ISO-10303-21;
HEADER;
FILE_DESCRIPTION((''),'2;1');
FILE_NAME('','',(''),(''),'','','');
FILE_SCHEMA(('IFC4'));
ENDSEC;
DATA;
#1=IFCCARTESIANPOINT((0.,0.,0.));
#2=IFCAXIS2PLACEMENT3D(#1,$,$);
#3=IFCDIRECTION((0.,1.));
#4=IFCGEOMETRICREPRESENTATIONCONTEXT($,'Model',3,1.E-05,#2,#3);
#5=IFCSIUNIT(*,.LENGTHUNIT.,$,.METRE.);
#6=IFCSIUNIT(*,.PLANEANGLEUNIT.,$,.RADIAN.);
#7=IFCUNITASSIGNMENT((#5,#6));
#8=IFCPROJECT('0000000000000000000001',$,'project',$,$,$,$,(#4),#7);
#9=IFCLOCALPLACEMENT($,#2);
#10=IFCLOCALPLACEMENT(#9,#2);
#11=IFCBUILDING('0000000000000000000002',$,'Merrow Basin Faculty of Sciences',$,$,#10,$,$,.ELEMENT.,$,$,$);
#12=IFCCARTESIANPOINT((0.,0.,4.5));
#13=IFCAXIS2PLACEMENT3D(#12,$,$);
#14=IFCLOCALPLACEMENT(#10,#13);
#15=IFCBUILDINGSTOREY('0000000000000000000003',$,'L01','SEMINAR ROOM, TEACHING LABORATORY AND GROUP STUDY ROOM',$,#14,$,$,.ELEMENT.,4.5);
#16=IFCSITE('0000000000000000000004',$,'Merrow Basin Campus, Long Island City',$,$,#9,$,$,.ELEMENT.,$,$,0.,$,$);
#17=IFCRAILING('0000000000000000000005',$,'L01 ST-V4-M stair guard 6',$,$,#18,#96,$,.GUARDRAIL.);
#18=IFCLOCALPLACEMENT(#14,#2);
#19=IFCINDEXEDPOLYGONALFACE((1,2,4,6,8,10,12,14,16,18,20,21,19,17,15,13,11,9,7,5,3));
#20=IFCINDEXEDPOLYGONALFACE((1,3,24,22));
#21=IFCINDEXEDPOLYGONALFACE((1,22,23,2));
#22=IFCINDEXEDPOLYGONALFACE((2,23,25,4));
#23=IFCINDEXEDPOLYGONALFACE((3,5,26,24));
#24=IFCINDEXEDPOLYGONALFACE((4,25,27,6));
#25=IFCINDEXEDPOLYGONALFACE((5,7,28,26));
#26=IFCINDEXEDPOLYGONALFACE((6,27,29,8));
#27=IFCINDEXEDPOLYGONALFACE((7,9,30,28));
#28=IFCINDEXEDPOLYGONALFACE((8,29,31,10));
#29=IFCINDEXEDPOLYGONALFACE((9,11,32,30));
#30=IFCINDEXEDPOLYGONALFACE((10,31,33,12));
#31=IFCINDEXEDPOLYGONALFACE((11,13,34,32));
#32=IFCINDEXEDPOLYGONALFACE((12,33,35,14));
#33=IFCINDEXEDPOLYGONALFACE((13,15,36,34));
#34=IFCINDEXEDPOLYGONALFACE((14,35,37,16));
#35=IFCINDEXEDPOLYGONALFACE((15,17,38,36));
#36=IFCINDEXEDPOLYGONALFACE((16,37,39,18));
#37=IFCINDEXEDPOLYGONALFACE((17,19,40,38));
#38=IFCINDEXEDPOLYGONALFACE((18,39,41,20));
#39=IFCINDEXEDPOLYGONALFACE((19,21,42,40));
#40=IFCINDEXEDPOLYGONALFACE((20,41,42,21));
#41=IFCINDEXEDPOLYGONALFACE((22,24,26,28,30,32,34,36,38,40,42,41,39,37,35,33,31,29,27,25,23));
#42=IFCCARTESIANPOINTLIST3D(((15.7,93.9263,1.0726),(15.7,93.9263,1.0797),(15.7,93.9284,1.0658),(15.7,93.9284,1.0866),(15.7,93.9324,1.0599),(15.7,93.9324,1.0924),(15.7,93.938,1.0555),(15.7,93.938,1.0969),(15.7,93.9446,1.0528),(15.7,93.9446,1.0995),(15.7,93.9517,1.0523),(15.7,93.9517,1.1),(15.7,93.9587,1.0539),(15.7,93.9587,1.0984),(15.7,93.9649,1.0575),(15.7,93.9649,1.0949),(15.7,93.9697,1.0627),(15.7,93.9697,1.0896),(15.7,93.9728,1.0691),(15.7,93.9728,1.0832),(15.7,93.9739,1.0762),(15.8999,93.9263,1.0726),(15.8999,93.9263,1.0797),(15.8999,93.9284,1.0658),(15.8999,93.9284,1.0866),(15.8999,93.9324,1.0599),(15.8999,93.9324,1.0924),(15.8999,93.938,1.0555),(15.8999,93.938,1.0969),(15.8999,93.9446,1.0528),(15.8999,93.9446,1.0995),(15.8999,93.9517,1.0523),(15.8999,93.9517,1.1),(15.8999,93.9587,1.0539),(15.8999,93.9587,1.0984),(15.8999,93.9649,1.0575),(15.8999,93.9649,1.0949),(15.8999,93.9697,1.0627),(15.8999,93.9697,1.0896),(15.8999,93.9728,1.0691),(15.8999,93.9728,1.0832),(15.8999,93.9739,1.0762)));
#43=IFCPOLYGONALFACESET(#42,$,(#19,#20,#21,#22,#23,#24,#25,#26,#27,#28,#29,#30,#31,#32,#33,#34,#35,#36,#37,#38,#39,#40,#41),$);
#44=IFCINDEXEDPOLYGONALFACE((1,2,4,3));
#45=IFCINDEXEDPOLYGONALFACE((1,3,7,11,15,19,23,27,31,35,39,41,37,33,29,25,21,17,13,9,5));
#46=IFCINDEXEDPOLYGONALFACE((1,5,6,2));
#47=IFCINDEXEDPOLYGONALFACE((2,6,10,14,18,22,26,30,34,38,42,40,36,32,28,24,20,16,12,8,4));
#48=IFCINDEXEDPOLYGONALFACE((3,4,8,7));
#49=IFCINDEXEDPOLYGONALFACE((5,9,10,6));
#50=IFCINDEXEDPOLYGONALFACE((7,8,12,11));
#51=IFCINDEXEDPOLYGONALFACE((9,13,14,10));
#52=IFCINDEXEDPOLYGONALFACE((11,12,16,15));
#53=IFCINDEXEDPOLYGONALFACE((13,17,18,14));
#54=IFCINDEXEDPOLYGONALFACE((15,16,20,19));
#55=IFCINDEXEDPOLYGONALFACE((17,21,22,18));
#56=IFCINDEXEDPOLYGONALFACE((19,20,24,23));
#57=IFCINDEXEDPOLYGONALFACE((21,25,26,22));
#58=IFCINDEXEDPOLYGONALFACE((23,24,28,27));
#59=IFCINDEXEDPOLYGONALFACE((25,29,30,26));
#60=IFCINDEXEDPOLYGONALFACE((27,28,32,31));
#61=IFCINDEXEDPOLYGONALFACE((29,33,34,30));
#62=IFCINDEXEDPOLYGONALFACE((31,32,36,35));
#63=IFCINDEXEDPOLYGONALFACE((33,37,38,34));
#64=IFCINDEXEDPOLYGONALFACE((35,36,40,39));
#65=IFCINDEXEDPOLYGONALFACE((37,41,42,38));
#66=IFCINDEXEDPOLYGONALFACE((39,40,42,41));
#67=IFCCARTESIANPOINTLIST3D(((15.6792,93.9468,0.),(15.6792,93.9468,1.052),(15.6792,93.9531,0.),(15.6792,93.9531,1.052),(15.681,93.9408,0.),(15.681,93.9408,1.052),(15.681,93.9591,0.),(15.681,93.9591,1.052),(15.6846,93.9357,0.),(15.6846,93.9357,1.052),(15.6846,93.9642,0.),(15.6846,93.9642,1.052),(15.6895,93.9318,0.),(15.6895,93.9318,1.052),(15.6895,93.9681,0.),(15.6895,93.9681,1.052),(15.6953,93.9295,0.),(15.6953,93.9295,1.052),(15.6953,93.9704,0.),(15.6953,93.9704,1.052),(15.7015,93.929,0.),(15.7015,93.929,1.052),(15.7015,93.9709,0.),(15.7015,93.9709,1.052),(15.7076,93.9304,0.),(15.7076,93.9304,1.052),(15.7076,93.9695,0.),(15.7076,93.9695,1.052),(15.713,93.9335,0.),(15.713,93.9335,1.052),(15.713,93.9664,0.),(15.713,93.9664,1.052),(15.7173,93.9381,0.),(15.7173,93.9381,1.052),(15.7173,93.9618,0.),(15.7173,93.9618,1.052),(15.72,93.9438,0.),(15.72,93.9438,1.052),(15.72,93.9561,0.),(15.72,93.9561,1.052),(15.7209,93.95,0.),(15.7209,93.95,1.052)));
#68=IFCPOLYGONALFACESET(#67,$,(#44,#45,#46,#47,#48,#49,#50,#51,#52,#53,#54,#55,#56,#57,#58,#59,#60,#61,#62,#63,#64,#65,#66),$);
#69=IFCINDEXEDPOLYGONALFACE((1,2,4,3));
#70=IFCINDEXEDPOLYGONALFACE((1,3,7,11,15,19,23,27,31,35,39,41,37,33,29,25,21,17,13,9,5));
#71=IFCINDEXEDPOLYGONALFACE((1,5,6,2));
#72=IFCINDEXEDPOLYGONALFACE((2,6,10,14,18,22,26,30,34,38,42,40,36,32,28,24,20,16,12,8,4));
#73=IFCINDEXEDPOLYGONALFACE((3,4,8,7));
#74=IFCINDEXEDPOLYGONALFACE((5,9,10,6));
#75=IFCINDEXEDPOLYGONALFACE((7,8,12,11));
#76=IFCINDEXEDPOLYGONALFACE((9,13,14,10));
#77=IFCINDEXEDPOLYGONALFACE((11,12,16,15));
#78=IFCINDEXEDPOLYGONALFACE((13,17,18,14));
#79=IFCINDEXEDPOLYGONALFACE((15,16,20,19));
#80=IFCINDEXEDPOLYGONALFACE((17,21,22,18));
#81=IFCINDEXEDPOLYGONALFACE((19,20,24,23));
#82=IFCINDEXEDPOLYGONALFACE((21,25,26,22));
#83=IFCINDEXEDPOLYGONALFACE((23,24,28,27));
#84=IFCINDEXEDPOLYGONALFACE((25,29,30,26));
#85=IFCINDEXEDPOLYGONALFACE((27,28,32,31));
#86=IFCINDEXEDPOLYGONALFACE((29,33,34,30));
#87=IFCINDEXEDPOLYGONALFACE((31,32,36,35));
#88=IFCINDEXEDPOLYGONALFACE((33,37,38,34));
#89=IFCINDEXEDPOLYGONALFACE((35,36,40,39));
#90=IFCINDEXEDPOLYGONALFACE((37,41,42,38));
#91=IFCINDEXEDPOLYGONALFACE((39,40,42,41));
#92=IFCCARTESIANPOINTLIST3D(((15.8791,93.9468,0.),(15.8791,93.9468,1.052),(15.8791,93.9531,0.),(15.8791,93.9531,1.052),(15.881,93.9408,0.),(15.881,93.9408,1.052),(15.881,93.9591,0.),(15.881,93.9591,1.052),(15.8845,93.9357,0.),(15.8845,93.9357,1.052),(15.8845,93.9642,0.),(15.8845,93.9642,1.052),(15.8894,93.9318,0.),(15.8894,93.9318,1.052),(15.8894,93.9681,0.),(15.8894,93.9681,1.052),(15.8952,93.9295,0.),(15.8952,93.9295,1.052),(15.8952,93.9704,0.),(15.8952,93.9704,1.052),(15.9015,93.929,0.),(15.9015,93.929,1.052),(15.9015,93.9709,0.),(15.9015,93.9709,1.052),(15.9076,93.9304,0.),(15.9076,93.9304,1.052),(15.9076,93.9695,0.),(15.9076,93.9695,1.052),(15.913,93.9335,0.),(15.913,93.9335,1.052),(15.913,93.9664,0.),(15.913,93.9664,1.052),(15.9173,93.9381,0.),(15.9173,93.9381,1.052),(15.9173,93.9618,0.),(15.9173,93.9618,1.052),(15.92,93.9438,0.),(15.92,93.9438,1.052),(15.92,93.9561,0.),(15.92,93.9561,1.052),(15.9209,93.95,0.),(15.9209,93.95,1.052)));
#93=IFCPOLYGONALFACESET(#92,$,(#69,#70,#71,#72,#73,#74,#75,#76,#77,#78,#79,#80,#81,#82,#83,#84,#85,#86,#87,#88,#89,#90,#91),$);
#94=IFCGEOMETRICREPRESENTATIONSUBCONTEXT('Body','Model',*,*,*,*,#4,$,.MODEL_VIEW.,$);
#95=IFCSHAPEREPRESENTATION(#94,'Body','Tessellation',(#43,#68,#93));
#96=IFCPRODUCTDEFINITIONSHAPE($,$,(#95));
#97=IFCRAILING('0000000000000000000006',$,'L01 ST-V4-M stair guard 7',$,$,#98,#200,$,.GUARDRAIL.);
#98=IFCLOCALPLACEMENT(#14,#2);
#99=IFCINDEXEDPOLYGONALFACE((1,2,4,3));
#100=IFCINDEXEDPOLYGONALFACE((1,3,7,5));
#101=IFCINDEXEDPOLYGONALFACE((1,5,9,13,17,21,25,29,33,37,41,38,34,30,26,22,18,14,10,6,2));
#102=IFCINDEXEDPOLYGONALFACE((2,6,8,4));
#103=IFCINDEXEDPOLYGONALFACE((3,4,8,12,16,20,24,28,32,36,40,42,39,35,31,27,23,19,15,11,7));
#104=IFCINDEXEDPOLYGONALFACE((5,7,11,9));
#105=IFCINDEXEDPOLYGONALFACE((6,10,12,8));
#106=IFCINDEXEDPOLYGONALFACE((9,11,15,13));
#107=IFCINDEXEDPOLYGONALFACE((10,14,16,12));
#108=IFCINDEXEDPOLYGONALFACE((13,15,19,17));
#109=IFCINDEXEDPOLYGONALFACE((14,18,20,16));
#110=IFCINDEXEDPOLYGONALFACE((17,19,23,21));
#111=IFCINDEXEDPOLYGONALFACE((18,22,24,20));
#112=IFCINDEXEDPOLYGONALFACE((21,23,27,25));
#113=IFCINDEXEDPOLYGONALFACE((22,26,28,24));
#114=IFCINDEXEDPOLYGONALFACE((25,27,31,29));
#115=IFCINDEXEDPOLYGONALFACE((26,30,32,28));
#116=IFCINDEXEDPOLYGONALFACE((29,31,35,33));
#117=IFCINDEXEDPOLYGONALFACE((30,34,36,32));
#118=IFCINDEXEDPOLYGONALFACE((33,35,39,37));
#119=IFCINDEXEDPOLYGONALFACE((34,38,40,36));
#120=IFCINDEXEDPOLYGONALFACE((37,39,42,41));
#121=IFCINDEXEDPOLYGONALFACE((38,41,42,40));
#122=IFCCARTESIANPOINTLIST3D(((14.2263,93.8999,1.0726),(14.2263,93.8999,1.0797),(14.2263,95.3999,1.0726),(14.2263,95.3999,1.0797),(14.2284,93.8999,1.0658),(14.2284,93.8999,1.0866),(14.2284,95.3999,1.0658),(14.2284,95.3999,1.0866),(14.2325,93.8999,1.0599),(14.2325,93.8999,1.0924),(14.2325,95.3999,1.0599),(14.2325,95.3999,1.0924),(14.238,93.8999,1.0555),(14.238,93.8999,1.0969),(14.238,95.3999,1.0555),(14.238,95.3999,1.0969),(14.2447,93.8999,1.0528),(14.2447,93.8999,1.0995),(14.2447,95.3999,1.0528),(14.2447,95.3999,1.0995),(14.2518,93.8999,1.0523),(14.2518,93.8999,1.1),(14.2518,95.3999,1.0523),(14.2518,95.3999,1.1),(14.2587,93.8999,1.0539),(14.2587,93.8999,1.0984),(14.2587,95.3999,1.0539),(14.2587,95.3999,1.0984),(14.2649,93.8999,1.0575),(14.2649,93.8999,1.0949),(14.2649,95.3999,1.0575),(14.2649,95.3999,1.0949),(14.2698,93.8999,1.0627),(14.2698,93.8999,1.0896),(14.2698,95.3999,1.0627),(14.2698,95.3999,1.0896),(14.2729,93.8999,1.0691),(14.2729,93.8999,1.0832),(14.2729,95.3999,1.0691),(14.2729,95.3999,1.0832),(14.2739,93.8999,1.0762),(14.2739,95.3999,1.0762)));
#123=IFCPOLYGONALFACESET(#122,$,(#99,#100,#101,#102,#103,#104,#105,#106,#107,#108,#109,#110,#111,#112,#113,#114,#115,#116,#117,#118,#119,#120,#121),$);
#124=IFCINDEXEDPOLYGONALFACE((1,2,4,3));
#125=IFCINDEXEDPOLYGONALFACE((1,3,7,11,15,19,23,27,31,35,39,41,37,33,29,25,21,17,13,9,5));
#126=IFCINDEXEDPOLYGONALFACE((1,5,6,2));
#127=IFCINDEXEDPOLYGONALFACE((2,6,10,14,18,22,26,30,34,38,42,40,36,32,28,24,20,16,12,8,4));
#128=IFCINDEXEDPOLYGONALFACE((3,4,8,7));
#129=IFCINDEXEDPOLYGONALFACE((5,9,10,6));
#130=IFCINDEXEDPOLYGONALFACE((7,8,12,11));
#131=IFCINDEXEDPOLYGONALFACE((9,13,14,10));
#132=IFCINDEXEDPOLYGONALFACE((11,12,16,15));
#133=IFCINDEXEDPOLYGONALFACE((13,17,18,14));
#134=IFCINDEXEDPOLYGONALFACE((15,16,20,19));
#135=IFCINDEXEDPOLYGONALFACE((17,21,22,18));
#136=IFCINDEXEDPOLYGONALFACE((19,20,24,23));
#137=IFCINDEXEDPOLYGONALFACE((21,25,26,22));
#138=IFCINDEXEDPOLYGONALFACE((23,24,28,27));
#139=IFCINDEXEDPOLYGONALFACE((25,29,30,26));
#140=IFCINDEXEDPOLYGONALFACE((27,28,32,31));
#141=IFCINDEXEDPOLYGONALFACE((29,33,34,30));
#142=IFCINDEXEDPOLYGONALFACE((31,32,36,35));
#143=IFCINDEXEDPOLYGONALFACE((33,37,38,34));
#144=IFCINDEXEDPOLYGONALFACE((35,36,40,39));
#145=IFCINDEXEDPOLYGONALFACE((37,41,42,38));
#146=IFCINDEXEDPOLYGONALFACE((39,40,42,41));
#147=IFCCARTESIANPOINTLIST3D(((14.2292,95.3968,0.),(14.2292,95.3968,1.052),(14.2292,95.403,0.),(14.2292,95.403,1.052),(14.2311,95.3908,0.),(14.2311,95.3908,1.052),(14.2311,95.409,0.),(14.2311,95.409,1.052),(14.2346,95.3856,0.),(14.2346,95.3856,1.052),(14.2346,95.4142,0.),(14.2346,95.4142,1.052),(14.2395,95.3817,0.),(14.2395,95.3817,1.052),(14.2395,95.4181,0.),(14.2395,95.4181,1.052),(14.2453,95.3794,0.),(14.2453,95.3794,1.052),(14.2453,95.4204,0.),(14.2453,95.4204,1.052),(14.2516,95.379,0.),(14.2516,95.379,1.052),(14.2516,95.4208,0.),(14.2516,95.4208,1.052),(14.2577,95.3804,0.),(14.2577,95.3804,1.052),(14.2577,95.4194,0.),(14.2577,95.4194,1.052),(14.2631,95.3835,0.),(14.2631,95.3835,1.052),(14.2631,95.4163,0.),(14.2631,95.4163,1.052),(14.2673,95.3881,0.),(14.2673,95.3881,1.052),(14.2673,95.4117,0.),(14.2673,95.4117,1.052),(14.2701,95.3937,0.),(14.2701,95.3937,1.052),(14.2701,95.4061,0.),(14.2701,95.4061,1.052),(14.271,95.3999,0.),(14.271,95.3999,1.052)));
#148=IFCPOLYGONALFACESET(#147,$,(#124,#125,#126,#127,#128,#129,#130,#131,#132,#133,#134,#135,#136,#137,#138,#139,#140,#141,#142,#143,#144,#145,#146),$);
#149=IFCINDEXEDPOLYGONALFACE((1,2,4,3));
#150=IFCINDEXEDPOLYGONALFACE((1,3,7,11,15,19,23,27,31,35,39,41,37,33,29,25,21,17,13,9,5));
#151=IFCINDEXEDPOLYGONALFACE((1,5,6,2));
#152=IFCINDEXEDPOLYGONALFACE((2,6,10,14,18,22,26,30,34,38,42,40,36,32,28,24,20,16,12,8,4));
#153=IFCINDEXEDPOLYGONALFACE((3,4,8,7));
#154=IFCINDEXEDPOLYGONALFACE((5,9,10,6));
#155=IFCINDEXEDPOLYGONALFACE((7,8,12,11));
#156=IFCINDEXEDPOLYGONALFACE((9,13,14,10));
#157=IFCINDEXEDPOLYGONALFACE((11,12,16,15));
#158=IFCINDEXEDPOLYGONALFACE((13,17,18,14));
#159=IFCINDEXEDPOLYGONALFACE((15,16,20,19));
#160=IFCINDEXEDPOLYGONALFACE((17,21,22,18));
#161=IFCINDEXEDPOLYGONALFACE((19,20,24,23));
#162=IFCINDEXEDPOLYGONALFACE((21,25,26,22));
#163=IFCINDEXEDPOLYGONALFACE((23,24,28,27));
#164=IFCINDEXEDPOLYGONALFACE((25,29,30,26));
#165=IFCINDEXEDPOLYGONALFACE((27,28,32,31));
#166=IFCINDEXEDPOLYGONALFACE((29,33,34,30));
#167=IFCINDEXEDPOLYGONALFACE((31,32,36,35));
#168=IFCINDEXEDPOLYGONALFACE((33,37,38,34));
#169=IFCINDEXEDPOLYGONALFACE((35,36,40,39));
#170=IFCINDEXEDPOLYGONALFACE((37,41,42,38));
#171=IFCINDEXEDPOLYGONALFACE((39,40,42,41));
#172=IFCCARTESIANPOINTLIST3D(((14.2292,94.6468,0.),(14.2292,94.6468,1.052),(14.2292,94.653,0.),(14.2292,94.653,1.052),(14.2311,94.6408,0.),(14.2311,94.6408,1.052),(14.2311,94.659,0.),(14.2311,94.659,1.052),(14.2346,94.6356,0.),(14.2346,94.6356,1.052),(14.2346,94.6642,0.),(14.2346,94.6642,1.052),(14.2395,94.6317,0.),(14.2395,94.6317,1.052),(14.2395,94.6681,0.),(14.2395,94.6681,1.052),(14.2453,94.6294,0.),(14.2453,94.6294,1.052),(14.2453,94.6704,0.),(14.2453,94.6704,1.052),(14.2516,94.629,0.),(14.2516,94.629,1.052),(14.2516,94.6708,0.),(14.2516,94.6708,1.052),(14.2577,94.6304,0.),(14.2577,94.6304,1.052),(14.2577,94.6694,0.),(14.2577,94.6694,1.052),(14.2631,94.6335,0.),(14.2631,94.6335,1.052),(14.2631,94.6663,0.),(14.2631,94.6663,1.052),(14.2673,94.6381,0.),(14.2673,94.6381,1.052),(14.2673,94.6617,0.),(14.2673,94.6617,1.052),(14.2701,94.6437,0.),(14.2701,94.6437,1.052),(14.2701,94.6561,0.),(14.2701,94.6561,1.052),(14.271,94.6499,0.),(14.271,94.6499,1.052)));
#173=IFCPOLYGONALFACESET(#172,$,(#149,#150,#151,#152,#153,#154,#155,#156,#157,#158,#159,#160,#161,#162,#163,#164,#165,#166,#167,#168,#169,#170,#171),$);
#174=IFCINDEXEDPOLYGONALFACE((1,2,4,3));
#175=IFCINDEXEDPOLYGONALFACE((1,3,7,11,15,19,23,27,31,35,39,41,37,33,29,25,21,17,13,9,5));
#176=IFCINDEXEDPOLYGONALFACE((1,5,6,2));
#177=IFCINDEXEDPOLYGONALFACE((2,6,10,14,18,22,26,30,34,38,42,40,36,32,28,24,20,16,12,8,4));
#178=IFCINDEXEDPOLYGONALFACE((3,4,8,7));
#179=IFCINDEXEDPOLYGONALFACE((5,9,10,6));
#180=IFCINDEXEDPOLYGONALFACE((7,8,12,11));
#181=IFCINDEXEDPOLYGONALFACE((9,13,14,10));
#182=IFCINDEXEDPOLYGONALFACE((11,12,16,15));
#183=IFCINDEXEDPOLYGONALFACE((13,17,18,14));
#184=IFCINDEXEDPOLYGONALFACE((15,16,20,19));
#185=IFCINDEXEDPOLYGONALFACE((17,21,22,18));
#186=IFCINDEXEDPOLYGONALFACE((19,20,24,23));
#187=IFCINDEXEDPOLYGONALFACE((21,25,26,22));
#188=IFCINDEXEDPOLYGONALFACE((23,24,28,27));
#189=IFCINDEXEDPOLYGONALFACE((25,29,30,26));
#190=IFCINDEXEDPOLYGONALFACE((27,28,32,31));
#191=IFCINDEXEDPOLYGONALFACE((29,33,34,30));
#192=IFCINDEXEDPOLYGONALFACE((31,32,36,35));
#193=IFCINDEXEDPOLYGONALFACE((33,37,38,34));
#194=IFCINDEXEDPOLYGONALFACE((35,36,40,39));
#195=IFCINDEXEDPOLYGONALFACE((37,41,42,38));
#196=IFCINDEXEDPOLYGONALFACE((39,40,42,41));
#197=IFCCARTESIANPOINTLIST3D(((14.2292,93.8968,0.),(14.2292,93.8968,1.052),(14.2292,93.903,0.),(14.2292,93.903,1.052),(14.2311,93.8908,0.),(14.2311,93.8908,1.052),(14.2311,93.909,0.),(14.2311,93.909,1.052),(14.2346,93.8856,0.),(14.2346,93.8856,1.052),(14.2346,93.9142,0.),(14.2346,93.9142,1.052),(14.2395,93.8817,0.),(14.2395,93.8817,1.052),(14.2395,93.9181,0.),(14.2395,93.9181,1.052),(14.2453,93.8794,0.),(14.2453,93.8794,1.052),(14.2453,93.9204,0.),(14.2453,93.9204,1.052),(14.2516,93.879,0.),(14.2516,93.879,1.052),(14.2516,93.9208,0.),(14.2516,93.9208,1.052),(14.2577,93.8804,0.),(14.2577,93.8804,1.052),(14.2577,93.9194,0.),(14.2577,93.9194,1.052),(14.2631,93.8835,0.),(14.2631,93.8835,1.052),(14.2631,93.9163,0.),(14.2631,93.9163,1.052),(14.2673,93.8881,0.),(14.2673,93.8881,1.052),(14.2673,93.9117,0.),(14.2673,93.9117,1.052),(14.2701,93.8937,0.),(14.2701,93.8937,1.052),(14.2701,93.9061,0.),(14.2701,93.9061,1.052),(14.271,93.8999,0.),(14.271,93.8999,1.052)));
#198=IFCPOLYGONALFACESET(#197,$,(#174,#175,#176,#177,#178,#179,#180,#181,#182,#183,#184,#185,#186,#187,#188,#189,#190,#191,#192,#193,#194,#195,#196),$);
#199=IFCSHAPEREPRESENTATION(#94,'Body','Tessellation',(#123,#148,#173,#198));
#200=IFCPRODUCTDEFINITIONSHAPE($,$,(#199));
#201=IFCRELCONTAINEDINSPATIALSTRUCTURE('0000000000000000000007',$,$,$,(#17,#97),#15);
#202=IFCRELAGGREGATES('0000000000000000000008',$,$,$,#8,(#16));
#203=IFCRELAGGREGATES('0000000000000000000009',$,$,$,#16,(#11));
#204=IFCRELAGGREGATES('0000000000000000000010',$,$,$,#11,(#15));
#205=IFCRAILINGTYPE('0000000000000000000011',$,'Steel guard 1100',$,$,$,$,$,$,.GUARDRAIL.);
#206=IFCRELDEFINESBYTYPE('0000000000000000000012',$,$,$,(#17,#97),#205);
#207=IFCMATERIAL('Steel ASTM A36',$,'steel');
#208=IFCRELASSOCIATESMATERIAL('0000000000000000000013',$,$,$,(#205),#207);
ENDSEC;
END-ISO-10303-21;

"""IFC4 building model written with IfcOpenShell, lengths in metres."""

from ifc_helpers import new_model, si_unit, direction, frame, origin, origin_2d, place, context, subcontext, project, spatial, circle, extrude, material, type_object, element, save


model = new_model("IFC4")

# Units and contexts
model_context = context("Model", 3, precision=1e-05, world=origin(), true_north=direction((0.0, 1.0)))
body_context = subcontext(model_context, "Body", "Model", "MODEL_VIEW")
ifc_project = project(units=[si_unit("LENGTHUNIT", "METRE"), si_unit("PLANEANGLEUNIT", "RADIAN")], contexts=[model_context])

# Site, building, storey
site_placement = place(None, origin())
site = spatial("IfcSite", under=ifc_project, at=site_placement, Name="Merrow Basin Campus, Long Island City", CompositionType="ELEMENT", RefElevation=0.0)
building_placement = place(site_placement, origin())
building = spatial("IfcBuilding", under=site, at=building_placement, Name="Merrow Basin Faculty of Sciences", CompositionType="ELEMENT")
storey_placement = place(building_placement, frame((0.0, 0.0, 4.5)))
storey = spatial("IfcBuildingStorey", under=building, at=storey_placement, Name="L01", Description="SEMINAR ROOM, TEACHING LABORATORY AND GROUP STUDY ROOM", CompositionType="ELEMENT", Elevation=4.5)

# Railings
ifc_material_1 = material(Name="Steel ASTM A36", Category="steel")
railing_type_1 = type_object("IfcRailingType", Name="Steel guard 1100", PredefinedType="GUARDRAIL", material=ifc_material_1)
railing_1_placement = place(storey_placement, frame((15.7, 93.95, 0.0)))
element("IfcRailing", 1, at=railing_1_placement, inside=storey, type_object=railing_type_1, Name="L01 ST-V4-M stair guard 6", PredefinedType="GUARDRAIL", context=body_context, shape_type="SweptSolid", body=[
    extrude(circle(Radius=0.0239, at=origin_2d()), frame((0.0, 0.0, 1.0762), z_axis=(1.0, 0.0, 0.0), x_axis=(0.0, 1.0, 0.0)), (0.0, 0.0, 1.0), 0.2),
    extrude(circle(Radius=0.021, at=origin_2d()), origin(), (0.0, 0.0, 1.0), 1.052),
    extrude(circle(Radius=0.021, at=origin_2d()), frame((0.2, 0.0, 0.0)), (0.0, 0.0, 1.0), 1.052),
])
railing_2_placement = place(storey_placement, frame((14.25, 95.3999, 0.0)))
element("IfcRailing", 2, at=railing_2_placement, inside=storey, type_object=railing_type_1, Name="L01 ST-V4-M stair guard 7", PredefinedType="GUARDRAIL", context=body_context, shape_type="SweptSolid", body=[
    extrude(circle(Radius=0.0239, at=origin_2d()), frame((0.0, 0.0, 1.0762), z_axis=(0.0, -1.0, 0.0), x_axis=(1.0, 0.0, 0.0)), (0.0, 0.0, 1.0), 1.5),
    extrude(circle(Radius=0.021, at=origin_2d()), origin(), (0.0, 0.0, 1.0), 1.052),
    extrude(circle(Radius=0.021, at=origin_2d()), frame((0.0, -0.75, 0.0)), (0.0, 0.0, 1.0), 1.052),
    extrude(circle(Radius=0.021, at=origin_2d()), frame((0.0, -1.5, 0.0)), (0.0, 0.0, 1.0), 1.052),
])

save(model, "model.ifc")
